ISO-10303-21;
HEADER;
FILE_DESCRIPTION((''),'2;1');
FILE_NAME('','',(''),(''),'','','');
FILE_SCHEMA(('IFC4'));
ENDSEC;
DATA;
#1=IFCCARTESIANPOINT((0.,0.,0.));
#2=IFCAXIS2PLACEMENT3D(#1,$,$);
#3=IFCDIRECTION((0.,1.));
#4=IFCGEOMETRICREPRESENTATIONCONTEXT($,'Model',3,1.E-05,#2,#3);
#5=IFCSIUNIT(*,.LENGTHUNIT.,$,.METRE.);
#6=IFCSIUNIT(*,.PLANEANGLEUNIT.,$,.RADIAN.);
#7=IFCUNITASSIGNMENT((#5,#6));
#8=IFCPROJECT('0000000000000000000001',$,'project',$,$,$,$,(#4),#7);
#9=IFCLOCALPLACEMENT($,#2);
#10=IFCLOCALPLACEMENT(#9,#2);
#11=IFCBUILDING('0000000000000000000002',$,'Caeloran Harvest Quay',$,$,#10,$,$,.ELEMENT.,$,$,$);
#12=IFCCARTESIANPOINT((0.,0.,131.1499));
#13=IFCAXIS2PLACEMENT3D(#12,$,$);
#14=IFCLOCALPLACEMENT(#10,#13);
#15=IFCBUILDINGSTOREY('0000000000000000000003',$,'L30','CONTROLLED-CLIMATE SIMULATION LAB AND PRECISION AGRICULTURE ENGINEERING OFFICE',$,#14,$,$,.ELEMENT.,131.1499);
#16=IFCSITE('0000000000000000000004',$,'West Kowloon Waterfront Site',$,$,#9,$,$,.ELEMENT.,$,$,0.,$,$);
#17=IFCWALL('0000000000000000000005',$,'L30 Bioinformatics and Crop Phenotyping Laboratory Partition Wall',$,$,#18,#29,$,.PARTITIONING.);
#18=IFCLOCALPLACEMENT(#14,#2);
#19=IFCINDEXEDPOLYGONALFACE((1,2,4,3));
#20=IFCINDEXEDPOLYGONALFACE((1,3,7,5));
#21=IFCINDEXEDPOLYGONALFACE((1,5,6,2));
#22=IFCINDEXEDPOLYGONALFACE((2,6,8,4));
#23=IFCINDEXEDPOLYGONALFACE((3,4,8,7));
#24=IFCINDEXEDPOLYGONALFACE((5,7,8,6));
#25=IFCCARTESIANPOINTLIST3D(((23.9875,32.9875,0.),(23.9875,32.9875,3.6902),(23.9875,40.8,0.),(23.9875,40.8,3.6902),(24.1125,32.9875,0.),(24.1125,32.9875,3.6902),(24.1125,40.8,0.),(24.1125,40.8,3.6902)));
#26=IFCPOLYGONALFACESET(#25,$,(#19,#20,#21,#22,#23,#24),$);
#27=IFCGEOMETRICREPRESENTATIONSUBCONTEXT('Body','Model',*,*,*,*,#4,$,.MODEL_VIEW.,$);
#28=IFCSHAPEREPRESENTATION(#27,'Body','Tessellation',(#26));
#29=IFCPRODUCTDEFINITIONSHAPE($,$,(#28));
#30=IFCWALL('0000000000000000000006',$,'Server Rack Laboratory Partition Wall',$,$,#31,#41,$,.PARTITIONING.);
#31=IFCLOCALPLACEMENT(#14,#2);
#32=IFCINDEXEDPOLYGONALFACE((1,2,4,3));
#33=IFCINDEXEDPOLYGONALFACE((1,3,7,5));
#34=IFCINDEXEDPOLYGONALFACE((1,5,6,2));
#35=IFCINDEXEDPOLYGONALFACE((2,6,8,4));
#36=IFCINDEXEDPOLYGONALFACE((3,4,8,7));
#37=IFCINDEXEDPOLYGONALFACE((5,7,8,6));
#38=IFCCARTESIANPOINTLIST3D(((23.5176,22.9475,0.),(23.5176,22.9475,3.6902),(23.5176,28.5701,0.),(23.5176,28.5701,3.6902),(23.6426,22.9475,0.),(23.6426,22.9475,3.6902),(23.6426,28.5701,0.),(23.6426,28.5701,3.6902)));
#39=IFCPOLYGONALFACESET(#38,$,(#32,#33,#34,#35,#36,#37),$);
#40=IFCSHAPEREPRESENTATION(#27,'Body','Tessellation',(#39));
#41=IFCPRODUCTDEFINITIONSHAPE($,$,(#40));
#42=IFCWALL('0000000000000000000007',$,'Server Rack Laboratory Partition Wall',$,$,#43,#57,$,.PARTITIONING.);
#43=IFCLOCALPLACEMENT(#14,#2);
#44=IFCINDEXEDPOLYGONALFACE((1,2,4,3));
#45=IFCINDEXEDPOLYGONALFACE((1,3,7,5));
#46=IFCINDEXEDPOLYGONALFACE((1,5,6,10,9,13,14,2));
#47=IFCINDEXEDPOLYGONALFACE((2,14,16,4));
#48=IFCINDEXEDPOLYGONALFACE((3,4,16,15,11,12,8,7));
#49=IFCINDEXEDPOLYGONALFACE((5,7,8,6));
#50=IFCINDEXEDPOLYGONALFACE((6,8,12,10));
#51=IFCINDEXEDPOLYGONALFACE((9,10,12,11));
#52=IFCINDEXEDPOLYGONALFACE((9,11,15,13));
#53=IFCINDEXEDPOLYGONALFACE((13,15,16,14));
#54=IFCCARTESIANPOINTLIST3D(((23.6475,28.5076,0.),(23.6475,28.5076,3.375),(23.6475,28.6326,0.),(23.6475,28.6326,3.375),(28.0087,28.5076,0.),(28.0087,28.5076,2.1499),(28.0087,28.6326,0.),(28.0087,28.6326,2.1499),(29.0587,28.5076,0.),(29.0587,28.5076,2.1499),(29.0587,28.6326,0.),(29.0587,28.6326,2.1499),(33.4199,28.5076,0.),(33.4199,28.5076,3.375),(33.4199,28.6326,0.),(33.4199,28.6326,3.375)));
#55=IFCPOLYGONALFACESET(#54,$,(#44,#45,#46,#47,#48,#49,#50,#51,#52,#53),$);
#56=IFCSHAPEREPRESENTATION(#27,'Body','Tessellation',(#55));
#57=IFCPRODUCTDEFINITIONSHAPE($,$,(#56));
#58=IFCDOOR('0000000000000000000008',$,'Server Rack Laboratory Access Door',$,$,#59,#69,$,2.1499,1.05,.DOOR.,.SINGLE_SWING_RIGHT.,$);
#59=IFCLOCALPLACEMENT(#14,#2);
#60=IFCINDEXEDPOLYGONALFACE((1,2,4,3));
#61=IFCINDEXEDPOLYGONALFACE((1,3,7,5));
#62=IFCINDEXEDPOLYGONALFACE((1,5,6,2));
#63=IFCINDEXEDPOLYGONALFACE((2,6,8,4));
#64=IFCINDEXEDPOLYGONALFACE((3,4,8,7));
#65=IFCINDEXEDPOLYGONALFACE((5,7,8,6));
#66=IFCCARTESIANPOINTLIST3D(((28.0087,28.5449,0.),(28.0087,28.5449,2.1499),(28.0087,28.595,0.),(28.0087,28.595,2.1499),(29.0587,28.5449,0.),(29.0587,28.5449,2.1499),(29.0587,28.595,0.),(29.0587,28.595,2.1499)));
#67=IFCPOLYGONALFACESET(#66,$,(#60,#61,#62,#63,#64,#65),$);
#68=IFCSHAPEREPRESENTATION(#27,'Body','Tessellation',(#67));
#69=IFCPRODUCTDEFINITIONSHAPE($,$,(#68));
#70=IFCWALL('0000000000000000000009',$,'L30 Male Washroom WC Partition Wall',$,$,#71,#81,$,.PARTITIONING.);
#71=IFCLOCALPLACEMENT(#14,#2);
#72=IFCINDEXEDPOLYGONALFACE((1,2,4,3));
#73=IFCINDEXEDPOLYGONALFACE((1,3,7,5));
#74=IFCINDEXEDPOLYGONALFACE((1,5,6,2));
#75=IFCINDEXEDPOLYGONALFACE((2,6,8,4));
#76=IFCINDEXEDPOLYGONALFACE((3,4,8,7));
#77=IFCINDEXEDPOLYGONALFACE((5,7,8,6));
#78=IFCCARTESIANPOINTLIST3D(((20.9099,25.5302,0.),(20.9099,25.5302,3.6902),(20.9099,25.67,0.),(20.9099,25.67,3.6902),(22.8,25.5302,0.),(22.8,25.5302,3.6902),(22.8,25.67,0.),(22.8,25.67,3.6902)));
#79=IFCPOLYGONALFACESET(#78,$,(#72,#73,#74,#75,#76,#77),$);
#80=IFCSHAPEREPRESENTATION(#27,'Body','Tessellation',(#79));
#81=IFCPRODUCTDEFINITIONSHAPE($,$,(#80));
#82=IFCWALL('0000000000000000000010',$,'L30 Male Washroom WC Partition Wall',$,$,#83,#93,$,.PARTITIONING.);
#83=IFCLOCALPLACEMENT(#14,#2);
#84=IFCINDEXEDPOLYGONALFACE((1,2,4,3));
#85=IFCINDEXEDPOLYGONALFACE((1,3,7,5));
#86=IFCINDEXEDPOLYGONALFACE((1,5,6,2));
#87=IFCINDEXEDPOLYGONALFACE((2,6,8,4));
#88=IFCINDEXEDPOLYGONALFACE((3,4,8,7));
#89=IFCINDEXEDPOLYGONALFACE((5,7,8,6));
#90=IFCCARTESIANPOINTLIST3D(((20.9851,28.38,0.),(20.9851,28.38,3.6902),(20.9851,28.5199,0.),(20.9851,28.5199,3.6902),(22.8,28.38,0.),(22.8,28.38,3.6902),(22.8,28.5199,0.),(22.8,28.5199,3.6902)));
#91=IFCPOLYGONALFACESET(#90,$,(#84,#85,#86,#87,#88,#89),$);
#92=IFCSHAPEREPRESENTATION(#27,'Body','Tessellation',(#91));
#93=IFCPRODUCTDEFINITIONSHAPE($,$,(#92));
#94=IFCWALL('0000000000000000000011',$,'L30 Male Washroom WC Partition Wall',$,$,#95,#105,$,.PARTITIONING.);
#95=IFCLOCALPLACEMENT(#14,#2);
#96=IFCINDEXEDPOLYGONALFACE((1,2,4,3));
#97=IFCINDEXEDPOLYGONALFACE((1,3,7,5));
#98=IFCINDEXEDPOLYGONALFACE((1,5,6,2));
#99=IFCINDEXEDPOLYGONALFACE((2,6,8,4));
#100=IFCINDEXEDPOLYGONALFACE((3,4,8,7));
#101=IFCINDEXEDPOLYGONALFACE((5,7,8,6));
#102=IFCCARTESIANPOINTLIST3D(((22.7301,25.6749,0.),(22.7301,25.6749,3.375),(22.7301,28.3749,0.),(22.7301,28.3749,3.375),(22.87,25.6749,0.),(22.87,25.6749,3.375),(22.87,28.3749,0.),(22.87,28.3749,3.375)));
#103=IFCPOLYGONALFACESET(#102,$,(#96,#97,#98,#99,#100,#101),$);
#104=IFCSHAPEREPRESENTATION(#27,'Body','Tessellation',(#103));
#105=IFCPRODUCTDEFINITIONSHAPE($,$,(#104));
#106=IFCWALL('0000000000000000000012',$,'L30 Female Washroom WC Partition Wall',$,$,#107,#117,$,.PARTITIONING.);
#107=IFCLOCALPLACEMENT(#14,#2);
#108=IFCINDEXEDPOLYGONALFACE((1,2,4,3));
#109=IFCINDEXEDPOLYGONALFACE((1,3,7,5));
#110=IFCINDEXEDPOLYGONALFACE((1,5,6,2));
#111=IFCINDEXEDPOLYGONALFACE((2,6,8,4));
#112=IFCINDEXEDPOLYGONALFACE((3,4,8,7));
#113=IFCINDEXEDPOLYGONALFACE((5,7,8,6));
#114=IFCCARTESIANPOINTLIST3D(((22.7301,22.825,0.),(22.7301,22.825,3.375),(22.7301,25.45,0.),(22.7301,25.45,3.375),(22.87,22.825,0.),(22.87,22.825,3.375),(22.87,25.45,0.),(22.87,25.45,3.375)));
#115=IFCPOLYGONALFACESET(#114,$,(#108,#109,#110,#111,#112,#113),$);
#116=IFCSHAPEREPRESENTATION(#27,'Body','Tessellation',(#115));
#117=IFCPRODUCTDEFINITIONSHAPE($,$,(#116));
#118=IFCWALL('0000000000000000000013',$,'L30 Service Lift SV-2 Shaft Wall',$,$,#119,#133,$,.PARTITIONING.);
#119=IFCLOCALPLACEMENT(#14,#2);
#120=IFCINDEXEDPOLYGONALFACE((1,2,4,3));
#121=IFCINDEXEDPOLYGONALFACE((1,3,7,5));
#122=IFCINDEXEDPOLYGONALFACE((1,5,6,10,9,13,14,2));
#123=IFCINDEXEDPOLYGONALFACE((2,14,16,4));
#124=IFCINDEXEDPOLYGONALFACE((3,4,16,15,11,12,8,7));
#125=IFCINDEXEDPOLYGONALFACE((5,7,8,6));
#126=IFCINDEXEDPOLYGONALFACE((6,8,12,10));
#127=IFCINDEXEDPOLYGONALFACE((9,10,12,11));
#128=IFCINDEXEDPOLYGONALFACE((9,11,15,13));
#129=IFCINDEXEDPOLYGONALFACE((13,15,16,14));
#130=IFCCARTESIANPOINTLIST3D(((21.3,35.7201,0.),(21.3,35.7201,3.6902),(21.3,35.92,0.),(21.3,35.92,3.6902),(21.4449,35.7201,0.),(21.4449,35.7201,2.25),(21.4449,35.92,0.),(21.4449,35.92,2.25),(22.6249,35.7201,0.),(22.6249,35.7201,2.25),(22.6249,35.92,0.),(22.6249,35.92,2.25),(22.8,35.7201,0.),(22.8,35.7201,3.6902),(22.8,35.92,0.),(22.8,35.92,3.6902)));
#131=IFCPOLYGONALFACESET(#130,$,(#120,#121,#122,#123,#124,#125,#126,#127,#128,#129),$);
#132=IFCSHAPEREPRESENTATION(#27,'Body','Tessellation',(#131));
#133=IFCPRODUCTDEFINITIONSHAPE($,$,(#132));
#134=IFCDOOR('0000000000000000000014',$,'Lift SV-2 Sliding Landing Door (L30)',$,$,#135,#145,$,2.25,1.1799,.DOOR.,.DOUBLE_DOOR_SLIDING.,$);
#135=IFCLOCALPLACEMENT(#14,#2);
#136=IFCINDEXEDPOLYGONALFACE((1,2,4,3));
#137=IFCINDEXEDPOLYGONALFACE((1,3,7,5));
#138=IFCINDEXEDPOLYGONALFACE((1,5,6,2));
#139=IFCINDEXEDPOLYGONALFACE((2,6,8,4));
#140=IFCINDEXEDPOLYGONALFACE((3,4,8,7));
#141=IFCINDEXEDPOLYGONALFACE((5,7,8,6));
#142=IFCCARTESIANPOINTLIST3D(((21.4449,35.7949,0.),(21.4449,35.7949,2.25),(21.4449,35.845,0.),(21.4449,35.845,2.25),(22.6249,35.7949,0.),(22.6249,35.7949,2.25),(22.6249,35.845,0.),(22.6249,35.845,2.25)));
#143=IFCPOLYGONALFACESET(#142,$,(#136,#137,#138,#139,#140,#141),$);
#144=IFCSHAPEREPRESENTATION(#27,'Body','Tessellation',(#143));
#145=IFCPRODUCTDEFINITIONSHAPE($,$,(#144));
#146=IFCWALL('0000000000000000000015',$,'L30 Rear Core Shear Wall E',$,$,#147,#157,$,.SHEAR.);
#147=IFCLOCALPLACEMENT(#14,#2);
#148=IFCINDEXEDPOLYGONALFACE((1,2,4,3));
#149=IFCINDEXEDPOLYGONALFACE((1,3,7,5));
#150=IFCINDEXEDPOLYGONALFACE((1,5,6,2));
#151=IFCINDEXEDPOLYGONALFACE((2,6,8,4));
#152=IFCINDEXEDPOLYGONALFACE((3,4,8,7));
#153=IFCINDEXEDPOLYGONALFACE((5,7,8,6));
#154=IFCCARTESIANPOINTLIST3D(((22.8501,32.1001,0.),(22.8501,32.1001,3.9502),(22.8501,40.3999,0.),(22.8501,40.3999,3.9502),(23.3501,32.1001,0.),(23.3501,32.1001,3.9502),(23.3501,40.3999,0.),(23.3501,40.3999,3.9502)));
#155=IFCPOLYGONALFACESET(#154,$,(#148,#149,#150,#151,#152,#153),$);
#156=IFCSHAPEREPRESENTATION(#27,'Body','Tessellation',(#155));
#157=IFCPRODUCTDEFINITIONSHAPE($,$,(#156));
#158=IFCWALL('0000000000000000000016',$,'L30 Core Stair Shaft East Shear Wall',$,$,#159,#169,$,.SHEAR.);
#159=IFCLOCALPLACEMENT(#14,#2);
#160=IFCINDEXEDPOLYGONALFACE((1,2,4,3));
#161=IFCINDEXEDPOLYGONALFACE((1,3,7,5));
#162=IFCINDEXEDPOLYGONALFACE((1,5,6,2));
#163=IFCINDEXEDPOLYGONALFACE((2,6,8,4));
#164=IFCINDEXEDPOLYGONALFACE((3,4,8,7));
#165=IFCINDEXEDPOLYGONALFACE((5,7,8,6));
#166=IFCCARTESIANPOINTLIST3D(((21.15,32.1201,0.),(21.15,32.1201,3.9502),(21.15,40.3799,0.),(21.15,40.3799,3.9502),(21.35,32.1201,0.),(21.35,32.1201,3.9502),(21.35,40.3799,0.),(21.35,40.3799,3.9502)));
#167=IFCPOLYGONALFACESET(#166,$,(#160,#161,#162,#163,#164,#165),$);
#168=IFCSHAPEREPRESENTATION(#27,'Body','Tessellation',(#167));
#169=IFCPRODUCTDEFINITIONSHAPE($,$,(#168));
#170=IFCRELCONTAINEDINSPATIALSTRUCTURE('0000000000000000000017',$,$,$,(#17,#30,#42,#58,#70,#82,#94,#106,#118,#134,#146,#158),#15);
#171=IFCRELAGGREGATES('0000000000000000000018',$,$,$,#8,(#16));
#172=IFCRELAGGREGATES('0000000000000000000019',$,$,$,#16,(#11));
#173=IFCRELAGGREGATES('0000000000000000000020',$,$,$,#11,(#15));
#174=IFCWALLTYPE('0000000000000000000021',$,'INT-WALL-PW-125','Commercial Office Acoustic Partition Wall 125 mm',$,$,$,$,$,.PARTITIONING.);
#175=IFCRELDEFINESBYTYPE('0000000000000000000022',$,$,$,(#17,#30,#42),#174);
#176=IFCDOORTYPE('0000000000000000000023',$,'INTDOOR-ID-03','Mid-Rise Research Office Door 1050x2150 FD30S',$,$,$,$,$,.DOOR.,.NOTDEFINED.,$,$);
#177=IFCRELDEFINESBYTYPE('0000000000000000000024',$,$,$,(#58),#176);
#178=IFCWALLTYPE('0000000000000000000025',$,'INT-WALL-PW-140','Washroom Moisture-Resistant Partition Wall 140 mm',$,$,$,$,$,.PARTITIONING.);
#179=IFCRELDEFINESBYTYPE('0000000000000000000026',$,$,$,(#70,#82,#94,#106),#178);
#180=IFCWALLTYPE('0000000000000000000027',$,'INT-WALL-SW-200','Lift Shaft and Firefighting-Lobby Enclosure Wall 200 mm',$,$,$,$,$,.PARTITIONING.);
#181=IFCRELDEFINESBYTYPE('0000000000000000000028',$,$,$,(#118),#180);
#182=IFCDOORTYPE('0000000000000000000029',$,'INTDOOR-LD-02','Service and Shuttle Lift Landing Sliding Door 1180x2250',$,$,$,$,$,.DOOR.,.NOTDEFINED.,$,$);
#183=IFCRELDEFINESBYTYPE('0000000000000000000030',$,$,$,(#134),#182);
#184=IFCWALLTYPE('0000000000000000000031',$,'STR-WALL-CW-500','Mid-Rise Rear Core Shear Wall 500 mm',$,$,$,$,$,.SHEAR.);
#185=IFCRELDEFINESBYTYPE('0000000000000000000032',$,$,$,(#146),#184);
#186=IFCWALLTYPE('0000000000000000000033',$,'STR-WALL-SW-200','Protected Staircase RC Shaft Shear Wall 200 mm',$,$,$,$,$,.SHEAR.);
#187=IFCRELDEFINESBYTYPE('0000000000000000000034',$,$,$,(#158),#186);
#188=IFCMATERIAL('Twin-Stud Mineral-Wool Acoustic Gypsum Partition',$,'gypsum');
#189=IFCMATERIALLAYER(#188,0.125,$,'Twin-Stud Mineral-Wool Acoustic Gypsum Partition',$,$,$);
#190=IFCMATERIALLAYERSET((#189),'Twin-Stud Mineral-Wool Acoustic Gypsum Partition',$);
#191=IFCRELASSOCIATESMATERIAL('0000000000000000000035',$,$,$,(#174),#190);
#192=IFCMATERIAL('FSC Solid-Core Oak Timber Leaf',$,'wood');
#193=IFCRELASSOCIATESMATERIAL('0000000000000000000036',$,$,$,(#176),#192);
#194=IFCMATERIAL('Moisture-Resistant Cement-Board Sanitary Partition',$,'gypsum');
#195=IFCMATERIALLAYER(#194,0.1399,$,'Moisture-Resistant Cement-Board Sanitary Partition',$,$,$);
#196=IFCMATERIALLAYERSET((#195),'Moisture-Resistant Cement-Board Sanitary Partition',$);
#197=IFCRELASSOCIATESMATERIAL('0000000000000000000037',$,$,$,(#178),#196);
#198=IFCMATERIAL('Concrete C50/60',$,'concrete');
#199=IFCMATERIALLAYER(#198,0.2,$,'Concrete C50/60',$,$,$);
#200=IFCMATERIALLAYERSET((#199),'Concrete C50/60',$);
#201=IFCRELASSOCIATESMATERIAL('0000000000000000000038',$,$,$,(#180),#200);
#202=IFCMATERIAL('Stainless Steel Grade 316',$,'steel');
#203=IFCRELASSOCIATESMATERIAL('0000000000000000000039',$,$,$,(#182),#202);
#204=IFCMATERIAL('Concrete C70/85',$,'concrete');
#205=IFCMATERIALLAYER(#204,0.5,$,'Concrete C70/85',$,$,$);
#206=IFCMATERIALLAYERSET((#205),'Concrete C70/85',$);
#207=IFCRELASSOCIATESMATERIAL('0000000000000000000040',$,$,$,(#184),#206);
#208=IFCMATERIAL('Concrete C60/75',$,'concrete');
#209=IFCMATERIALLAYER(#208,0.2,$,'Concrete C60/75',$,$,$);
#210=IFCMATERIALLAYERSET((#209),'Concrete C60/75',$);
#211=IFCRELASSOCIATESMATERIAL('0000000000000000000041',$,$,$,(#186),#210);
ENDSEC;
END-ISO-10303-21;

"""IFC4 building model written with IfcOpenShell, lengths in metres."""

from ifc_helpers import new_model, si_unit, direction, frame, frame_2d, origin, place, context, subcontext, project, spatial, rectangle, extrude, material, layer, layer_set, type_object, element, fill, save


model = new_model("IFC4")

# Units and contexts
model_context = context("Model", 3, precision=1e-05, world=origin(), true_north=direction((0.0, 1.0)))
body_context = subcontext(model_context, "Body", "Model", "MODEL_VIEW")
ifc_project = project(units=[si_unit("LENGTHUNIT", "METRE"), si_unit("PLANEANGLEUNIT", "RADIAN")], contexts=[model_context])

# Site, building, storey
site_placement = place(None, origin())
site = spatial("IfcSite", under=ifc_project, at=site_placement, Name="West Kowloon Waterfront Site", CompositionType="ELEMENT", RefElevation=0.0)
building_placement = place(site_placement, origin())
building = spatial("IfcBuilding", under=site, at=building_placement, Name="Caeloran Harvest Quay", CompositionType="ELEMENT")
storey_placement = place(building_placement, frame((0.0, 0.0, 131.1499)))
storey = spatial("IfcBuildingStorey", under=building, at=storey_placement, Name="L30", Description="CONTROLLED-CLIMATE SIMULATION LAB AND PRECISION AGRICULTURE ENGINEERING OFFICE", CompositionType="ELEMENT", Elevation=131.1499)

# Walls
ifc_material_1 = material(Name="Twin-Stud Mineral-Wool Acoustic Gypsum Partition", Category="gypsum")
ifc_layer_1 = layer(ifc_material_1, 0.125, Name="Twin-Stud Mineral-Wool Acoustic Gypsum Partition")
ifc_layer_set_1 = layer_set([ifc_layer_1], Name="Twin-Stud Mineral-Wool Acoustic Gypsum Partition")
wall_type_1 = type_object("IfcWallType", Name="INT-WALL-PW-125", Description="Commercial Office Acoustic Partition Wall 125 mm", PredefinedType="PARTITIONING", material=ifc_layer_set_1)
wall_1_placement = place(storey_placement, frame((24.05, 32.9875, 0.0), z_axis=(0.0, 0.0, 1.0), x_axis=(0.0, 1.0, 0.0)))
element("IfcWall", 1, at=wall_1_placement, inside=storey, type_object=wall_type_1, Name="L30 Bioinformatics and Crop Phenotyping Laboratory Partition Wall", PredefinedType="PARTITIONING", context=body_context, shape_type="SweptSolid", body=[
    extrude(rectangle(XDim=7.8125, YDim=0.125, at=frame_2d((3.9062, 0.0))), origin(), (0.0, 0.0, 1.0), 3.6902),
])
wall_2_placement = place(storey_placement, frame((23.5801, 22.9475, 0.0), z_axis=(0.0, 0.0, 1.0), x_axis=(0.0, 1.0, 0.0)))
element("IfcWall", 2, at=wall_2_placement, inside=storey, type_object=wall_type_1, Name="Server Rack Laboratory Partition Wall", PredefinedType="PARTITIONING", context=body_context, shape_type="SweptSolid", body=[
    extrude(rectangle(XDim=5.6226, YDim=0.125, at=frame_2d((2.8113, 0.0))), origin(), (0.0, 0.0, 1.0), 3.6902),
])

# Wall, opening, door
wall_3_placement = place(storey_placement, frame((23.6475, 28.5701, 0.0), z_axis=(0.0, 0.0, 1.0), x_axis=(1.0, 0.0, 0.0)))
wall_3 = element("IfcWall", 3, at=wall_3_placement, inside=storey, type_object=wall_type_1, Name="Server Rack Laboratory Partition Wall", PredefinedType="PARTITIONING", context=body_context, shape_type="SweptSolid", body=[
    extrude(rectangle(XDim=9.7725, YDim=0.125, at=frame_2d((4.8862, 0.0))), origin(), (0.0, 0.0, 1.0), 3.375),
])
opening_1_placement = place(wall_3_placement, frame((4.3613, 0.0, 0.0)))
opening_1 = element("IfcOpeningElement", 4, at=opening_1_placement, cuts=wall_3, PredefinedType="OPENING", context=body_context, shape_type="SweptSolid", body=[
    extrude(rectangle(XDim=1.05, YDim=2.1499, at=frame_2d((0.5249, 1.075))), frame((0.0, 0.0725, 0.0), z_axis=(0.0, -1.0, 0.0), x_axis=(1.0, 0.0, 0.0)), (0.0, 0.0, 1.0), 0.145),
])
ifc_material_2 = material(Name="FSC Solid-Core Oak Timber Leaf", Category="wood")
door_type_1 = type_object("IfcDoorType", Name="INTDOOR-ID-03", Description="Mid-Rise Research Office Door 1050x2150 FD30S", OperationType="NOTDEFINED", PredefinedType="DOOR", material=ifc_material_2)
door_1_placement = place(opening_1_placement, origin())
door_1 = element("IfcDoor", 5, at=door_1_placement, inside=storey, type_object=door_type_1, Name="Server Rack Laboratory Access Door", OperationType="SINGLE_SWING_RIGHT", OverallHeight=2.1499, OverallWidth=1.05, PredefinedType="DOOR", context=body_context, shape_type="SweptSolid", body=[
    extrude(rectangle(XDim=1.05, YDim=2.1499, at=frame_2d((0.5249, 1.075))), frame((0.0, 0.0249, 0.0), z_axis=(0.0, -1.0, 0.0), x_axis=(1.0, 0.0, 0.0)), (0.0, 0.0, 1.0), 0.05),
])
fill(opening_1, door_1)

# Wall
ifc_material_3 = material(Name="Moisture-Resistant Cement-Board Sanitary Partition", Category="gypsum")
ifc_layer_2 = layer(ifc_material_3, 0.1399, Name="Moisture-Resistant Cement-Board Sanitary Partition")
ifc_layer_set_2 = layer_set([ifc_layer_2], Name="Moisture-Resistant Cement-Board Sanitary Partition")
wall_type_2 = type_object("IfcWallType", Name="INT-WALL-PW-140", Description="Washroom Moisture-Resistant Partition Wall 140 mm", PredefinedType="PARTITIONING", material=ifc_layer_set_2)
wall_4_placement = place(storey_placement, frame((22.8, 25.6001, 0.0), z_axis=(0.0, 0.0, 1.0), x_axis=(-1.0, 0.0, 0.0)))
element("IfcWall", 6, at=wall_4_placement, inside=storey, type_object=wall_type_2, Name="L30 Male Washroom WC Partition Wall", PredefinedType="PARTITIONING", context=body_context, shape_type="SweptSolid", body=[
    extrude(rectangle(XDim=1.8901, YDim=0.1399, at=frame_2d((0.9451, 0.0))), origin(), (0.0, 0.0, 1.0), 3.6902),
])

# Walls
wall_5_placement = place(storey_placement, frame((20.9851, 28.45, 0.0), z_axis=(0.0, 0.0, 1.0), x_axis=(1.0, 0.0, 0.0)))
element("IfcWall", 7, at=wall_5_placement, inside=storey, type_object=wall_type_2, Name="L30 Male Washroom WC Partition Wall", PredefinedType="PARTITIONING", context=body_context, shape_type="SweptSolid", body=[
    extrude(rectangle(XDim=1.8149, YDim=0.1399, at=frame_2d((0.9075, 0.0))), origin(), (0.0, 0.0, 1.0), 3.6902),
])
wall_6_placement = place(storey_placement, frame((22.8, 28.375, 0.0), z_axis=(0.0, 0.0, 1.0), x_axis=(0.0, -1.0, 0.0)))
element("IfcWall", 8, at=wall_6_placement, inside=storey, type_object=wall_type_2, Name="L30 Male Washroom WC Partition Wall", PredefinedType="PARTITIONING", context=body_context, shape_type="SweptSolid", body=[
    extrude(rectangle(XDim=2.7, YDim=0.1399, at=frame_2d((1.3501, 0.0))), origin(), (0.0, 0.0, 1.0), 3.375),
])
wall_7_placement = place(storey_placement, frame((22.8, 25.45, 0.0), z_axis=(0.0, 0.0, 1.0), x_axis=(0.0, -1.0, 0.0)))
element("IfcWall", 9, at=wall_7_placement, inside=storey, type_object=wall_type_2, Name="L30 Female Washroom WC Partition Wall", PredefinedType="PARTITIONING", context=body_context, shape_type="SweptSolid", body=[
    extrude(rectangle(XDim=2.625, YDim=0.1399, at=frame_2d((1.3125, 0.0))), origin(), (0.0, 0.0, 1.0), 3.375),
])

# Wall, opening, door
ifc_material_4 = material(Name="Concrete C50/60", Category="concrete")
ifc_layer_3 = layer(ifc_material_4, 0.2, Name="Concrete C50/60")
ifc_layer_set_3 = layer_set([ifc_layer_3], Name="Concrete C50/60")
wall_type_3 = type_object("IfcWallType", Name="INT-WALL-SW-200", Description="Lift Shaft and Firefighting-Lobby Enclosure Wall 200 mm", PredefinedType="PARTITIONING", material=ifc_layer_set_3)
wall_8_placement = place(storey_placement, frame((21.3, 35.8201, 0.0), z_axis=(0.0, 0.0, 1.0), x_axis=(1.0, 0.0, 0.0)))
wall_8 = element("IfcWall", 10, at=wall_8_placement, inside=storey, type_object=wall_type_3, Name="L30 Service Lift SV-2 Shaft Wall", PredefinedType="PARTITIONING", context=body_context, shape_type="SweptSolid", body=[
    extrude(rectangle(XDim=1.5, YDim=0.2, at=frame_2d((0.75, 0.0))), origin(), (0.0, 0.0, 1.0), 3.6902),
])
opening_2_placement = place(wall_8_placement, frame((0.145, 0.0, 0.0)))
opening_2 = element("IfcOpeningElement", 11, at=opening_2_placement, cuts=wall_8, PredefinedType="OPENING", context=body_context, shape_type="SweptSolid", body=[
    extrude(rectangle(XDim=1.1799, YDim=2.25, at=frame_2d((0.5898, 1.125))), frame((0.0, 0.1099, 0.0), z_axis=(0.0, -1.0, 0.0), x_axis=(1.0, 0.0, 0.0)), (0.0, 0.0, 1.0), 0.22),
])
ifc_material_5 = material(Name="Stainless Steel Grade 316", Category="steel")
door_type_2 = type_object("IfcDoorType", Name="INTDOOR-LD-02", Description="Service and Shuttle Lift Landing Sliding Door 1180x2250", OperationType="NOTDEFINED", PredefinedType="DOOR", material=ifc_material_5)
door_2_placement = place(opening_2_placement, origin())
door_2 = element("IfcDoor", 12, at=door_2_placement, inside=storey, type_object=door_type_2, Name="Lift SV-2 Sliding Landing Door (L30)", OperationType="DOUBLE_DOOR_SLIDING", OverallHeight=2.25, OverallWidth=1.1799, PredefinedType="DOOR", context=body_context, shape_type="SweptSolid", body=[
    extrude(rectangle(XDim=1.1799, YDim=2.25, at=frame_2d((0.5898, 1.125))), frame((0.0, 0.0249, 0.0), z_axis=(0.0, -1.0, 0.0), x_axis=(1.0, 0.0, 0.0)), (0.0, 0.0, 1.0), 0.05),
])
fill(opening_2, door_2)

# Walls
ifc_material_6 = material(Name="Concrete C70/85", Category="concrete")
ifc_layer_4 = layer(ifc_material_6, 0.5, Name="Concrete C70/85")
ifc_layer_set_4 = layer_set([ifc_layer_4], Name="Concrete C70/85")
wall_type_4 = type_object("IfcWallType", Name="STR-WALL-CW-500", Description="Mid-Rise Rear Core Shear Wall 500 mm", PredefinedType="SHEAR", material=ifc_layer_set_4)
wall_9_placement = place(storey_placement, frame((23.1001, 32.1001, 0.0), z_axis=(0.0, 0.0, 1.0), x_axis=(0.0, 1.0, 0.0)))
element("IfcWall", 13, at=wall_9_placement, inside=storey, type_object=wall_type_4, Name="L30 Rear Core Shear Wall E", PredefinedType="SHEAR", context=body_context, shape_type="SweptSolid", body=[
    extrude(rectangle(XDim=8.2998, YDim=0.5, at=frame_2d((4.1499, 0.0))), origin(), (0.0, 0.0, 1.0), 3.9502),
])
ifc_material_7 = material(Name="Concrete C60/75", Category="concrete")
ifc_layer_5 = layer(ifc_material_7, 0.2, Name="Concrete C60/75")
ifc_layer_set_5 = layer_set([ifc_layer_5], Name="Concrete C60/75")
wall_type_5 = type_object("IfcWallType", Name="STR-WALL-SW-200", Description="Protected Staircase RC Shaft Shear Wall 200 mm", PredefinedType="SHEAR", material=ifc_layer_set_5)
wall_10_placement = place(storey_placement, frame((21.25, 32.1201, 0.0), z_axis=(0.0, 0.0, 1.0), x_axis=(0.0, 1.0, 0.0)))
element("IfcWall", 14, at=wall_10_placement, inside=storey, type_object=wall_type_5, Name="L30 Core Stair Shaft East Shear Wall", PredefinedType="SHEAR", context=body_context, shape_type="SweptSolid", body=[
    extrude(rectangle(XDim=8.2598, YDim=0.2, at=frame_2d((4.1299, 0.0))), origin(), (0.0, 0.0, 1.0), 3.9502),
])

save(model, "model.ifc")
